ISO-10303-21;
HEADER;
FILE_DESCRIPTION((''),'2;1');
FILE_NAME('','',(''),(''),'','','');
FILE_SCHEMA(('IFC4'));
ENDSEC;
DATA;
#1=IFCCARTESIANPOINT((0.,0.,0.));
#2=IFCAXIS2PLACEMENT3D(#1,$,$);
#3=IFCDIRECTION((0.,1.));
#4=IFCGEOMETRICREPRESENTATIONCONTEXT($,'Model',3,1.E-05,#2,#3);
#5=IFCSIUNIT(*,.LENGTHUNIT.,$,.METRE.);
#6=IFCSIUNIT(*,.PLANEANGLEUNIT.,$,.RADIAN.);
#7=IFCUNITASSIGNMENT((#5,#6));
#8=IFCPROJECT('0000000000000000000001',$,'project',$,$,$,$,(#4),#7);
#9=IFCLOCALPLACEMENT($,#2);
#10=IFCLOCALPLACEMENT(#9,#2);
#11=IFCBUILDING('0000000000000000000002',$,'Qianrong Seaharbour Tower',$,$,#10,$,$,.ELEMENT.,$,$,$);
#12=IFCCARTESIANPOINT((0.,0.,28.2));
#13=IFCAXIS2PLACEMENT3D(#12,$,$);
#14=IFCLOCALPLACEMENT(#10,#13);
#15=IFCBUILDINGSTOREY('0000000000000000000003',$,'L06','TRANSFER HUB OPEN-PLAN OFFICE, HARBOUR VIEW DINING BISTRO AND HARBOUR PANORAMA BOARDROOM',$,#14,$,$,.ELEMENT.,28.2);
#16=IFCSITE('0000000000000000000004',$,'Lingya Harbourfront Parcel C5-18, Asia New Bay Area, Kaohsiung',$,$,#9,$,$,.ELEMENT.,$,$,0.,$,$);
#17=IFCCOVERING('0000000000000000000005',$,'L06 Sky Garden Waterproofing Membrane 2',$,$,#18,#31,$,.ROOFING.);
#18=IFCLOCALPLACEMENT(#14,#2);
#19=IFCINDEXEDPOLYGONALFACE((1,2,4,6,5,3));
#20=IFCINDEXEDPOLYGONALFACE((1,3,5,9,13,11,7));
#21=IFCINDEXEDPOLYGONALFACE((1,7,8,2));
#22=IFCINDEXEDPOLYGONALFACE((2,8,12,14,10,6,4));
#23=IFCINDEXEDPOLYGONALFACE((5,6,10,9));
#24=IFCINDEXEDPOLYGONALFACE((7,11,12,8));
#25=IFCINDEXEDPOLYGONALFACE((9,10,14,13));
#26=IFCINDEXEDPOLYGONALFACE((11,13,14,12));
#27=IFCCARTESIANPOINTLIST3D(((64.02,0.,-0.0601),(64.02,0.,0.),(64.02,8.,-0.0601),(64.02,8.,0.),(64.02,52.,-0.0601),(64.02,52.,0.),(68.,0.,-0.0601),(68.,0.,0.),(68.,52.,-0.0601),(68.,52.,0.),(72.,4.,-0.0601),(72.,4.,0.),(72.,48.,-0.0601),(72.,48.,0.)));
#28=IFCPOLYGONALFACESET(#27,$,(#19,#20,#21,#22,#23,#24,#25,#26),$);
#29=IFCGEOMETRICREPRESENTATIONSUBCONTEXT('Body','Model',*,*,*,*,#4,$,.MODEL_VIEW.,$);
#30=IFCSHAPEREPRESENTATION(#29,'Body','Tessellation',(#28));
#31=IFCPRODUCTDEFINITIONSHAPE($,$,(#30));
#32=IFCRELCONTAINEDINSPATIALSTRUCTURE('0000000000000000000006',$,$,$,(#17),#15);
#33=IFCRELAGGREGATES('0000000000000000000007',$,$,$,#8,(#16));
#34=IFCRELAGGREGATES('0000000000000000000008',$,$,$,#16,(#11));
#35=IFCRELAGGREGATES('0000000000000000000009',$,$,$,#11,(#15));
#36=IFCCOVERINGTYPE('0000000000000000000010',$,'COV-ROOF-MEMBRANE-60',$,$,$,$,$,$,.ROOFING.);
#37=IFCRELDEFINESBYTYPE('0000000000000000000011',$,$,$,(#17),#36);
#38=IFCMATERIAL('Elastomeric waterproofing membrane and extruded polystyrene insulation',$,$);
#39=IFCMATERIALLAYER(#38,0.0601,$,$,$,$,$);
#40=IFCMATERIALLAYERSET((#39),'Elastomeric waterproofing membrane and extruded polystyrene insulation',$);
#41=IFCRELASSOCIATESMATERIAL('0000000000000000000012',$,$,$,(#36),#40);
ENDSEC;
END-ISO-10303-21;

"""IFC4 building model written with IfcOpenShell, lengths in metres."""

from ifc_helpers import new_model, si_unit, direction, frame, origin, place, context, subcontext, project, spatial, polyline, outline, extrude, material, layer, layer_set, type_object, element, save


model = new_model("IFC4")

# Units and contexts
model_context = context("Model", 3, precision=1e-05, world=origin(), true_north=direction((0.0, 1.0)))
body_context = subcontext(model_context, "Body", "Model", "MODEL_VIEW")
ifc_project = project(units=[si_unit("LENGTHUNIT", "METRE"), si_unit("PLANEANGLEUNIT", "RADIAN")], contexts=[model_context])

# Site, building, storey
site_placement = place(None, origin())
site = spatial("IfcSite", under=ifc_project, at=site_placement, Name="Lingya Harbourfront Parcel C5-18, Asia New Bay Area, Kaohsiung", CompositionType="ELEMENT", RefElevation=0.0)
building_placement = place(site_placement, origin())
building = spatial("IfcBuilding", under=site, at=building_placement, Name="Qianrong Seaharbour Tower", CompositionType="ELEMENT")
storey_placement = place(building_placement, frame((0.0, 0.0, 28.2)))
storey = spatial("IfcBuildingStorey", under=building, at=storey_placement, Name="L06", Description="TRANSFER HUB OPEN-PLAN OFFICE, HARBOUR VIEW DINING BISTRO AND HARBOUR PANORAMA BOARDROOM", CompositionType="ELEMENT", Elevation=28.2)

# Covering
ifc_material_1 = material(Name="Elastomeric waterproofing membrane and extruded polystyrene insulation")
ifc_layer_1 = layer(ifc_material_1, 0.0601)
ifc_layer_set_1 = layer_set([ifc_layer_1], Name="Elastomeric waterproofing membrane and extruded polystyrene insulation")
covering_type_1 = type_object("IfcCoveringType", Name="COV-ROOF-MEMBRANE-60", PredefinedType="ROOFING", material=ifc_layer_set_1)
covering_1_placement = place(storey_placement, frame((0.0, 0.0, -0.0601)))
element("IfcCovering", 1, at=covering_1_placement, inside=storey, type_object=covering_type_1, Name="L06 Sky Garden Waterproofing Membrane 2", PredefinedType="ROOFING", context=body_context, shape_type="SweptSolid", body=[
    extrude(outline(polyline([(72.0, 4.0), (68.0, 0.0), (64.02, 0.0), (64.02, 8.0), (64.02, 52.0), (68.0, 52.0), (72.0, 48.0), (72.0, 4.0)])), origin(), (0.0, 0.0, 1.0), 0.0601),
])

save(model, "model.ifc")
